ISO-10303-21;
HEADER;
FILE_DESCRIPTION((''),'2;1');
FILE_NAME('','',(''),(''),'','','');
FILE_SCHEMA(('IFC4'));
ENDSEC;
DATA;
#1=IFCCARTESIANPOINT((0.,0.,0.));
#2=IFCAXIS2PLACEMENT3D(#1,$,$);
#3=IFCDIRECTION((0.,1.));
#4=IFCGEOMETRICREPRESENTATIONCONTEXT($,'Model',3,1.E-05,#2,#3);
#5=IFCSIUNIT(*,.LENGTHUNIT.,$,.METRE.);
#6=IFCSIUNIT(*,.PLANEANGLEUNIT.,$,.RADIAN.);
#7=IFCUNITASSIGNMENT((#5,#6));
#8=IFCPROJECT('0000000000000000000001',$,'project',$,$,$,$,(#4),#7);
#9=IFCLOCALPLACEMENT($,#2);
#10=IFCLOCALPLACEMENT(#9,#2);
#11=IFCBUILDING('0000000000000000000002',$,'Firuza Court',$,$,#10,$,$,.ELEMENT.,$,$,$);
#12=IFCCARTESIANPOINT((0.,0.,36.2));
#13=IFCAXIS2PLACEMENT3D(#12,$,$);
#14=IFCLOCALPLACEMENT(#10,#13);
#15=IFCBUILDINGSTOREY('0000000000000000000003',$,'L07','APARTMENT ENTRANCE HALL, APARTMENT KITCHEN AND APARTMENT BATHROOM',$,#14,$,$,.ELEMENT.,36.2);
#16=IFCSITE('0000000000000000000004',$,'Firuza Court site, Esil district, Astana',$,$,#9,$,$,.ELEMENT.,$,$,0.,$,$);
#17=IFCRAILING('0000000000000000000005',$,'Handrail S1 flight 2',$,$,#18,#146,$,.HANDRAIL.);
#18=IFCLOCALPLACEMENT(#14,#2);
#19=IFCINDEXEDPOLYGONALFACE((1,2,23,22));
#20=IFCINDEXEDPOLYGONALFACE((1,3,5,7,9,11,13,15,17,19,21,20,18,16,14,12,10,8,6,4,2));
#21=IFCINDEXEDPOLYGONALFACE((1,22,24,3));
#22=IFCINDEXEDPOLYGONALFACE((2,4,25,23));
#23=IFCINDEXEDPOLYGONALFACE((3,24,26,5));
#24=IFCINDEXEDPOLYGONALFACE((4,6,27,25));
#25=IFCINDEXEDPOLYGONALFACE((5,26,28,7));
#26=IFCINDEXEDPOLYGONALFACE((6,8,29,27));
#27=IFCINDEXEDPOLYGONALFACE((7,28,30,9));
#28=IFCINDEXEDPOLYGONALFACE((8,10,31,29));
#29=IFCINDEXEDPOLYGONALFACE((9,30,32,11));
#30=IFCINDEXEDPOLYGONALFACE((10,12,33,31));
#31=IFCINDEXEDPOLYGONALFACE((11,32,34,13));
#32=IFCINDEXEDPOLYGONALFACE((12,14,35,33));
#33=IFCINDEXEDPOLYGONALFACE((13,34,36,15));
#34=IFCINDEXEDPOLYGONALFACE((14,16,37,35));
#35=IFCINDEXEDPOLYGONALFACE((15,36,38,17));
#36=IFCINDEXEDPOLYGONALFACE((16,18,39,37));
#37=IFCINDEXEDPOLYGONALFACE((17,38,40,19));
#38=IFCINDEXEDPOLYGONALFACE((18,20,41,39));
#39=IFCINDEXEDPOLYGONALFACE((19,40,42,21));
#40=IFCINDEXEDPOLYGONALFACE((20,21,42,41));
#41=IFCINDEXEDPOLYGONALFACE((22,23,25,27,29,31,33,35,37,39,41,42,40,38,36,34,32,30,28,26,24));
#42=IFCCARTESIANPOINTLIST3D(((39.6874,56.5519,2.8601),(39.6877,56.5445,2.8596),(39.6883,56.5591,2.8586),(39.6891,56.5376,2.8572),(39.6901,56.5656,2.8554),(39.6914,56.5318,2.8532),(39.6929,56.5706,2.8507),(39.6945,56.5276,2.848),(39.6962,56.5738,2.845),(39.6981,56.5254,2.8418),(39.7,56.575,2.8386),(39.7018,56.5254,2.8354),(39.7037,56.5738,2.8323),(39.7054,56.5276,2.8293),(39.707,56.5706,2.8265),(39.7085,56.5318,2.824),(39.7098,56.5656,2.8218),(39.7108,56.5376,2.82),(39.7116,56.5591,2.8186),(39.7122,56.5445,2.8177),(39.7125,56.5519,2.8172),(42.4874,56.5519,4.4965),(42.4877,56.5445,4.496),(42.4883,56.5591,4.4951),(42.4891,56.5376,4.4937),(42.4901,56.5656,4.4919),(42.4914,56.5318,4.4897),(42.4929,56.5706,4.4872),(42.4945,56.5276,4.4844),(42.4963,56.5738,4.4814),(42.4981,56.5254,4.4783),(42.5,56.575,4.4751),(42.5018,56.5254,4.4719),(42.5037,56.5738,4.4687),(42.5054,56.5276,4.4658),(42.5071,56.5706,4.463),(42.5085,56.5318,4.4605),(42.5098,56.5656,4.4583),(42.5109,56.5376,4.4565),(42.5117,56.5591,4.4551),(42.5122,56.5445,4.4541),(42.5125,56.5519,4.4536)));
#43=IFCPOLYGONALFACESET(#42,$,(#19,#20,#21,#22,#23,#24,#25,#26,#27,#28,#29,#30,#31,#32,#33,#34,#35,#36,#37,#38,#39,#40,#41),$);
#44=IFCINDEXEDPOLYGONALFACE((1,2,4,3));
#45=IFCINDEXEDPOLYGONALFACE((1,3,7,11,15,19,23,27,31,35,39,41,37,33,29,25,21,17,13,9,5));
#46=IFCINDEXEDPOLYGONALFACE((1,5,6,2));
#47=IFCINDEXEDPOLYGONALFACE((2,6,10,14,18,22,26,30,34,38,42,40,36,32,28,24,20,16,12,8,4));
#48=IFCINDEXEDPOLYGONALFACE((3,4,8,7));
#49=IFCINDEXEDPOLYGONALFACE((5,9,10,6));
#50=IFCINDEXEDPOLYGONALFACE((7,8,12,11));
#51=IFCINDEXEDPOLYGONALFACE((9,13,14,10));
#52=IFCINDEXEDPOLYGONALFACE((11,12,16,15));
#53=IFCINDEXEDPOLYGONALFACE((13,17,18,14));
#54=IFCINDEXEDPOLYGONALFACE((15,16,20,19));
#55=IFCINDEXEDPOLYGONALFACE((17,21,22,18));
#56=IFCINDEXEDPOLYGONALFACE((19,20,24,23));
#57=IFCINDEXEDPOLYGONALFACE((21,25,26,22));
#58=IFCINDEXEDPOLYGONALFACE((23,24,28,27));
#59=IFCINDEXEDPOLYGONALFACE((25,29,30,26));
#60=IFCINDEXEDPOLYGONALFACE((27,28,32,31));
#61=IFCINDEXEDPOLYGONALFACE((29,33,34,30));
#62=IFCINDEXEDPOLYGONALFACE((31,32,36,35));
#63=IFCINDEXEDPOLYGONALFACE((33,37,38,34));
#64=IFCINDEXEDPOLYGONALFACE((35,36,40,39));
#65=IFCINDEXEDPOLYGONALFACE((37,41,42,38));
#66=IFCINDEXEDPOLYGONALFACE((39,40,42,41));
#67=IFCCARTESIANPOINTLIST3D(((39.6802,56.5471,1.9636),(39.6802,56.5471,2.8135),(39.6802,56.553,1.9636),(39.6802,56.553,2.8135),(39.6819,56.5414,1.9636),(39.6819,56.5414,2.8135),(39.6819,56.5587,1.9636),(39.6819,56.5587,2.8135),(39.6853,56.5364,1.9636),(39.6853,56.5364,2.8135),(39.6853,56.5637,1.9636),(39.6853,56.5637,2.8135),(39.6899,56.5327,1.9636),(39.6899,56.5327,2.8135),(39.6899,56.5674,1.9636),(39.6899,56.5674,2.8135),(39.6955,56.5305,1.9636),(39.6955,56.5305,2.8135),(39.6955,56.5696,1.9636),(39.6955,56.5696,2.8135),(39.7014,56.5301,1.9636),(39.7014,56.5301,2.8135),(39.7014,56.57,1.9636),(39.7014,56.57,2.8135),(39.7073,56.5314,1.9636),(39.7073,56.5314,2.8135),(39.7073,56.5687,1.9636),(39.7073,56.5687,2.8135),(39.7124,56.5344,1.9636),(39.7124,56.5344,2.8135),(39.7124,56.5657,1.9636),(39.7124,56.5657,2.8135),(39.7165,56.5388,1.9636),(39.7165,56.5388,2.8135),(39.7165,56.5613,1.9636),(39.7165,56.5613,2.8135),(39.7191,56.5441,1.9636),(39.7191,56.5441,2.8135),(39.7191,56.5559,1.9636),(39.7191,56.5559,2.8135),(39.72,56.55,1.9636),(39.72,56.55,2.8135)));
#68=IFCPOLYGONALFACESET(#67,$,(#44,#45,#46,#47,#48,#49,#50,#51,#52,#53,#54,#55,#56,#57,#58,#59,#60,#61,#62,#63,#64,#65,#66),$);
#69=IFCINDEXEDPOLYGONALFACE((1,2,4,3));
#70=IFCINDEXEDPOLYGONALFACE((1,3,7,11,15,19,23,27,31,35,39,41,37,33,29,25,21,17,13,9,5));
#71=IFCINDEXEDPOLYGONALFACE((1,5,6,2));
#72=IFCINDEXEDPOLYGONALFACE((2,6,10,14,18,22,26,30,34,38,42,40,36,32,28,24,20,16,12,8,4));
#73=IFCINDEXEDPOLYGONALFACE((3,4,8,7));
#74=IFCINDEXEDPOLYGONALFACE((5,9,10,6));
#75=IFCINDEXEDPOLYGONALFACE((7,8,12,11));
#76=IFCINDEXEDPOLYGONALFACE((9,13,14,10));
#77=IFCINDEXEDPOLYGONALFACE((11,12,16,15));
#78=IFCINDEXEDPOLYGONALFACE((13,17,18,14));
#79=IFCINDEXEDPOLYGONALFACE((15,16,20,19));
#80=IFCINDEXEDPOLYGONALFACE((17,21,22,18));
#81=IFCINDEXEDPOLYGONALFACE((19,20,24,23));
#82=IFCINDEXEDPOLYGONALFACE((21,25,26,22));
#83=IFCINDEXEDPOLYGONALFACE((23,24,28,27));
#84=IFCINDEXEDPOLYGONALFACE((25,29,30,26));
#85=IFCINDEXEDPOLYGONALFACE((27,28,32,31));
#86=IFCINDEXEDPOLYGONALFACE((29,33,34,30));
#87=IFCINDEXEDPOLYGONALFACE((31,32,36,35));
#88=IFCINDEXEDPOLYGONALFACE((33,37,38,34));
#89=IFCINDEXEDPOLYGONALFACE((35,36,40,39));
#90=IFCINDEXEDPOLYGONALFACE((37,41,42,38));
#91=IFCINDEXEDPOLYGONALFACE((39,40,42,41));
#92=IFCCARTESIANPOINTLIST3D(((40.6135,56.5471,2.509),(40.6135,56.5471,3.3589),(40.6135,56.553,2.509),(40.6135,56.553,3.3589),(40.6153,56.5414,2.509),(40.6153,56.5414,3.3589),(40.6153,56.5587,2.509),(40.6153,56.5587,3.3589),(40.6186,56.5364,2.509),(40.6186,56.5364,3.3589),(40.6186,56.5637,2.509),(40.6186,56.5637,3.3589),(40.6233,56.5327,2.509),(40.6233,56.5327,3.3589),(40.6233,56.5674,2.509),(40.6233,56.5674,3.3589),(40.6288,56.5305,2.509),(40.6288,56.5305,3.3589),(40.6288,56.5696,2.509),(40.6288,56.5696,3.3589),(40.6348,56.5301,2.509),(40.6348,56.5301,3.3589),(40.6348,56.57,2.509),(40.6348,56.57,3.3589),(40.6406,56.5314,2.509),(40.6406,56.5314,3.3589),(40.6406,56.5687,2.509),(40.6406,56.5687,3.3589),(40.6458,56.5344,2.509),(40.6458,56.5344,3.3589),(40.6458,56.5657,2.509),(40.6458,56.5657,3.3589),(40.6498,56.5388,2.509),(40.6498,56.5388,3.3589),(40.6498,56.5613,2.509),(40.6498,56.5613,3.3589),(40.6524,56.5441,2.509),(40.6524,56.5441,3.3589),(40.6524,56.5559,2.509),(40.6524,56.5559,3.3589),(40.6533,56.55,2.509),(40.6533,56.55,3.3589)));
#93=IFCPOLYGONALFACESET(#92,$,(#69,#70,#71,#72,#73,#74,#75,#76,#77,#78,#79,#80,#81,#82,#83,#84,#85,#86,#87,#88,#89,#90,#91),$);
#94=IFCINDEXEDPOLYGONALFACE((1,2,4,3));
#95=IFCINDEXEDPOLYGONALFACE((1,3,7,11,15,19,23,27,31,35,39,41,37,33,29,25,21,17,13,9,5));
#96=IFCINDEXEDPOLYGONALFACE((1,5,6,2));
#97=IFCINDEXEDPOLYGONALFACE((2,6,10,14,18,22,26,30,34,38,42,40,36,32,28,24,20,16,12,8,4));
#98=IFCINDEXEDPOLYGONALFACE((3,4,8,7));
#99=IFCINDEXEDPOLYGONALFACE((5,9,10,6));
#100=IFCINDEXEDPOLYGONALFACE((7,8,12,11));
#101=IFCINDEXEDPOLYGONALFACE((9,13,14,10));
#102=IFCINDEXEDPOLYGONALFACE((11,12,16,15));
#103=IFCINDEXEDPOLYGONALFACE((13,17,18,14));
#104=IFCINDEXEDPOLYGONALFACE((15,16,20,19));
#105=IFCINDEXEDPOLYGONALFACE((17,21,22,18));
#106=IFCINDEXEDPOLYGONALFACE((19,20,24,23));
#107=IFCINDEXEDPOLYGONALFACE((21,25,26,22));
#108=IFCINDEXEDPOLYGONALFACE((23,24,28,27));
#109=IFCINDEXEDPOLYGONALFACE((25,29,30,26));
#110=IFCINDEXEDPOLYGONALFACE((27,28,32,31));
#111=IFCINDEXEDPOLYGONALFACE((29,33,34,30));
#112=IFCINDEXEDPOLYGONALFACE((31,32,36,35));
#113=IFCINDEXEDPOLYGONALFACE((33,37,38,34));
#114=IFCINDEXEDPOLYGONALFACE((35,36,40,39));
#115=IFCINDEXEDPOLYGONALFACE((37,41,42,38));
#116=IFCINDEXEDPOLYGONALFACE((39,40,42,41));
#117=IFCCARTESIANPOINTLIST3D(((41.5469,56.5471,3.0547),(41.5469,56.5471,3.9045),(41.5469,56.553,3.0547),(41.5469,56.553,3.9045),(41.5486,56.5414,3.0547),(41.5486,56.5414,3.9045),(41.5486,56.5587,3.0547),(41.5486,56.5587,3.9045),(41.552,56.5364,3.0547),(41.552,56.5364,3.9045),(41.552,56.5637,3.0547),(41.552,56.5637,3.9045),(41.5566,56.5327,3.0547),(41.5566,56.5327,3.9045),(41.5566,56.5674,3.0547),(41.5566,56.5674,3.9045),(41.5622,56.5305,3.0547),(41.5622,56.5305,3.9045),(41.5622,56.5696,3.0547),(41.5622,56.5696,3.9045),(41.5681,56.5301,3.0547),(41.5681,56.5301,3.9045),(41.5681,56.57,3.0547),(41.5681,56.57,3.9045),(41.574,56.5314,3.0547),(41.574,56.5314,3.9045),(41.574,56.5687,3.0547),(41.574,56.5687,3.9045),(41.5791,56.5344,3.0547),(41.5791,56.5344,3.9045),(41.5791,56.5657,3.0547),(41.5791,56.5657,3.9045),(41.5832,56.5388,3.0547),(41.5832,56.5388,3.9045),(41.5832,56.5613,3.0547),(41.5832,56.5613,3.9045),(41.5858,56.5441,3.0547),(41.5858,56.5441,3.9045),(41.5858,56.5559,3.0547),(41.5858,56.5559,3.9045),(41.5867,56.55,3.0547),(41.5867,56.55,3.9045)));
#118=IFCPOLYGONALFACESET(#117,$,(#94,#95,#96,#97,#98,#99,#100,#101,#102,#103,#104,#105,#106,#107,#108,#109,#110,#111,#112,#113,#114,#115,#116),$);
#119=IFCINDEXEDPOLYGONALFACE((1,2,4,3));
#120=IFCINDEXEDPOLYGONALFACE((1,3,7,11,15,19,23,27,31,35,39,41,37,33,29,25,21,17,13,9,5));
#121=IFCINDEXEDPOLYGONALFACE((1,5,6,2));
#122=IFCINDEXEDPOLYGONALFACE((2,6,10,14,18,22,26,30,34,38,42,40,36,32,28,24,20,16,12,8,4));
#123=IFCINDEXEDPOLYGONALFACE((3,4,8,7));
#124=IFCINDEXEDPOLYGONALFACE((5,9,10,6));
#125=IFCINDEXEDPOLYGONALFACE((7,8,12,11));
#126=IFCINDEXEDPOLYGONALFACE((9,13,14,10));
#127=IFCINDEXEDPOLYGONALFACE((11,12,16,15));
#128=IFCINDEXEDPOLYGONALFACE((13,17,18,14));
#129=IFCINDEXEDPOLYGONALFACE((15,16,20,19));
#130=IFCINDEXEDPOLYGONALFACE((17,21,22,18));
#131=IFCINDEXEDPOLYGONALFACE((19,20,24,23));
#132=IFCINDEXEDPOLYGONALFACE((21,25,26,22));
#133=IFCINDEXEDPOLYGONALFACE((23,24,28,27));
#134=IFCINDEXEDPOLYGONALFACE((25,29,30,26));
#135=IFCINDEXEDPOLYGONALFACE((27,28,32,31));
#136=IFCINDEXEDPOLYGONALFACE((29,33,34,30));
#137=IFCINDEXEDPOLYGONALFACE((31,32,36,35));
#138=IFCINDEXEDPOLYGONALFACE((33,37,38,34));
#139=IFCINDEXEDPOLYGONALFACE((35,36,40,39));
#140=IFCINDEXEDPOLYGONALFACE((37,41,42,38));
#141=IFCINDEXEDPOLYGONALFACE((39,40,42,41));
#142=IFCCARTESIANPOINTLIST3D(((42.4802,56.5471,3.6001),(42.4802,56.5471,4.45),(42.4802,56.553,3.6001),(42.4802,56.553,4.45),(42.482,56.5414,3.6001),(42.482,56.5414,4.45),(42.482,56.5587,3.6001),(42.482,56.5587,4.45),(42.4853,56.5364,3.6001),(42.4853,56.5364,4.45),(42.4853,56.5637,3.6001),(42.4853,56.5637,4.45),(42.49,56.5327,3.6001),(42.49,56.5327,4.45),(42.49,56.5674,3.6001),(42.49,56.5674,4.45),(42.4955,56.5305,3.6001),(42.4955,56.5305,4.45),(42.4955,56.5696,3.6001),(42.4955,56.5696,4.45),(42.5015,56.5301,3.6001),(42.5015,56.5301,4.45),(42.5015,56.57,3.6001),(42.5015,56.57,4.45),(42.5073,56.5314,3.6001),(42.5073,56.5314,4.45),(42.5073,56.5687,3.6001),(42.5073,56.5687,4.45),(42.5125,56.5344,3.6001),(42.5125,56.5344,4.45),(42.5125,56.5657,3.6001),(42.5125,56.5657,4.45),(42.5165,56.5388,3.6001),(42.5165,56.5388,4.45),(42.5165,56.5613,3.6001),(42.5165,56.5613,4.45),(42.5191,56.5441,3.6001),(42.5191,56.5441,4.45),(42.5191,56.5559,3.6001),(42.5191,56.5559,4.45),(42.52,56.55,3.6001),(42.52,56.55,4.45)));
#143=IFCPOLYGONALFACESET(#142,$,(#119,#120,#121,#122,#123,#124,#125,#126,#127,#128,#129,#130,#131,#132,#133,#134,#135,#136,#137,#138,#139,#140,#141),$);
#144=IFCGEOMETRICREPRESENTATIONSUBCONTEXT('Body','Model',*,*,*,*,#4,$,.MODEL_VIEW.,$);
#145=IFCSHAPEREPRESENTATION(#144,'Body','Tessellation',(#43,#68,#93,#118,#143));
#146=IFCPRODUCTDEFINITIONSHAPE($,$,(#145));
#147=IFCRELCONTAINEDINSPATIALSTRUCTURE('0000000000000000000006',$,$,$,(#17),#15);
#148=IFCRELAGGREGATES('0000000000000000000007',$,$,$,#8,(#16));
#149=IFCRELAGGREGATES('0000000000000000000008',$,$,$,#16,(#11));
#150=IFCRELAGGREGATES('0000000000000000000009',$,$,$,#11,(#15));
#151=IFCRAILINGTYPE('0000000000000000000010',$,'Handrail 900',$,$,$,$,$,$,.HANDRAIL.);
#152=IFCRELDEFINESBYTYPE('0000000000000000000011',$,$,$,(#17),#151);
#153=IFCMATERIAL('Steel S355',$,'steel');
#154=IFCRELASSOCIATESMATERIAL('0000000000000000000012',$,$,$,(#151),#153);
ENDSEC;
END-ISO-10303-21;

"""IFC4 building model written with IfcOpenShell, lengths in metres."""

from ifc_helpers import new_model, si_unit, direction, frame, origin, origin_2d, place, context, subcontext, project, spatial, circle, extrude, material, type_object, element, save


model = new_model("IFC4")

# Units and contexts
model_context = context("Model", 3, precision=1e-05, world=origin(), true_north=direction((0.0, 1.0)))
body_context = subcontext(model_context, "Body", "Model", "MODEL_VIEW")
ifc_project = project(units=[si_unit("LENGTHUNIT", "METRE"), si_unit("PLANEANGLEUNIT", "RADIAN")], contexts=[model_context])

# Site, building, storey
site_placement = place(None, origin())
site = spatial("IfcSite", under=ifc_project, at=site_placement, Name="Firuza Court site, Esil district, Astana", CompositionType="ELEMENT", RefElevation=0.0)
building_placement = place(site_placement, origin())
building = spatial("IfcBuilding", under=site, at=building_placement, Name="Firuza Court", CompositionType="ELEMENT")
storey_placement = place(building_placement, frame((0.0, 0.0, 36.2)))
storey = spatial("IfcBuildingStorey", under=building, at=storey_placement, Name="L07", Description="APARTMENT ENTRANCE HALL, APARTMENT KITCHEN AND APARTMENT BATHROOM", CompositionType="ELEMENT", Elevation=36.2)

# Railing
ifc_material_1 = material(Name="Steel S355", Category="steel")
railing_type_1 = type_object("IfcRailingType", Name="Handrail 900", PredefinedType="HANDRAIL", material=ifc_material_1)
railing_1_placement = place(storey_placement, frame((39.7, 56.55, 1.9636)))
element("IfcRailing", 1, at=railing_1_placement, inside=storey, type_object=railing_type_1, Name="Handrail S1 flight 2", PredefinedType="HANDRAIL", context=body_context, shape_type="SweptSolid", body=[
    extrude(circle(Radius=0.0249, at=origin_2d()), frame((0.0, 0.0, 0.875), z_axis=(0.863361, 0.0, 0.504587), x_axis=(0.0, 1.0, 0.0)), (0.0, 0.0, 1.0), 3.2432),
    extrude(circle(Radius=0.02, at=origin_2d()), origin(), (0.0, 0.0, 1.0), 0.8499),
    extrude(circle(Radius=0.02, at=origin_2d()), frame((0.9333, 0.0, 0.5454)), (0.0, 0.0, 1.0), 0.8499),
    extrude(circle(Radius=0.02, at=origin_2d()), frame((1.8667, 0.0, 1.0911)), (0.0, 0.0, 1.0), 0.8499),
    extrude(circle(Radius=0.02, at=origin_2d()), frame((2.8, 0.0, 1.6365)), (0.0, 0.0, 1.0), 0.8499),
])

save(model, "model.ifc")
